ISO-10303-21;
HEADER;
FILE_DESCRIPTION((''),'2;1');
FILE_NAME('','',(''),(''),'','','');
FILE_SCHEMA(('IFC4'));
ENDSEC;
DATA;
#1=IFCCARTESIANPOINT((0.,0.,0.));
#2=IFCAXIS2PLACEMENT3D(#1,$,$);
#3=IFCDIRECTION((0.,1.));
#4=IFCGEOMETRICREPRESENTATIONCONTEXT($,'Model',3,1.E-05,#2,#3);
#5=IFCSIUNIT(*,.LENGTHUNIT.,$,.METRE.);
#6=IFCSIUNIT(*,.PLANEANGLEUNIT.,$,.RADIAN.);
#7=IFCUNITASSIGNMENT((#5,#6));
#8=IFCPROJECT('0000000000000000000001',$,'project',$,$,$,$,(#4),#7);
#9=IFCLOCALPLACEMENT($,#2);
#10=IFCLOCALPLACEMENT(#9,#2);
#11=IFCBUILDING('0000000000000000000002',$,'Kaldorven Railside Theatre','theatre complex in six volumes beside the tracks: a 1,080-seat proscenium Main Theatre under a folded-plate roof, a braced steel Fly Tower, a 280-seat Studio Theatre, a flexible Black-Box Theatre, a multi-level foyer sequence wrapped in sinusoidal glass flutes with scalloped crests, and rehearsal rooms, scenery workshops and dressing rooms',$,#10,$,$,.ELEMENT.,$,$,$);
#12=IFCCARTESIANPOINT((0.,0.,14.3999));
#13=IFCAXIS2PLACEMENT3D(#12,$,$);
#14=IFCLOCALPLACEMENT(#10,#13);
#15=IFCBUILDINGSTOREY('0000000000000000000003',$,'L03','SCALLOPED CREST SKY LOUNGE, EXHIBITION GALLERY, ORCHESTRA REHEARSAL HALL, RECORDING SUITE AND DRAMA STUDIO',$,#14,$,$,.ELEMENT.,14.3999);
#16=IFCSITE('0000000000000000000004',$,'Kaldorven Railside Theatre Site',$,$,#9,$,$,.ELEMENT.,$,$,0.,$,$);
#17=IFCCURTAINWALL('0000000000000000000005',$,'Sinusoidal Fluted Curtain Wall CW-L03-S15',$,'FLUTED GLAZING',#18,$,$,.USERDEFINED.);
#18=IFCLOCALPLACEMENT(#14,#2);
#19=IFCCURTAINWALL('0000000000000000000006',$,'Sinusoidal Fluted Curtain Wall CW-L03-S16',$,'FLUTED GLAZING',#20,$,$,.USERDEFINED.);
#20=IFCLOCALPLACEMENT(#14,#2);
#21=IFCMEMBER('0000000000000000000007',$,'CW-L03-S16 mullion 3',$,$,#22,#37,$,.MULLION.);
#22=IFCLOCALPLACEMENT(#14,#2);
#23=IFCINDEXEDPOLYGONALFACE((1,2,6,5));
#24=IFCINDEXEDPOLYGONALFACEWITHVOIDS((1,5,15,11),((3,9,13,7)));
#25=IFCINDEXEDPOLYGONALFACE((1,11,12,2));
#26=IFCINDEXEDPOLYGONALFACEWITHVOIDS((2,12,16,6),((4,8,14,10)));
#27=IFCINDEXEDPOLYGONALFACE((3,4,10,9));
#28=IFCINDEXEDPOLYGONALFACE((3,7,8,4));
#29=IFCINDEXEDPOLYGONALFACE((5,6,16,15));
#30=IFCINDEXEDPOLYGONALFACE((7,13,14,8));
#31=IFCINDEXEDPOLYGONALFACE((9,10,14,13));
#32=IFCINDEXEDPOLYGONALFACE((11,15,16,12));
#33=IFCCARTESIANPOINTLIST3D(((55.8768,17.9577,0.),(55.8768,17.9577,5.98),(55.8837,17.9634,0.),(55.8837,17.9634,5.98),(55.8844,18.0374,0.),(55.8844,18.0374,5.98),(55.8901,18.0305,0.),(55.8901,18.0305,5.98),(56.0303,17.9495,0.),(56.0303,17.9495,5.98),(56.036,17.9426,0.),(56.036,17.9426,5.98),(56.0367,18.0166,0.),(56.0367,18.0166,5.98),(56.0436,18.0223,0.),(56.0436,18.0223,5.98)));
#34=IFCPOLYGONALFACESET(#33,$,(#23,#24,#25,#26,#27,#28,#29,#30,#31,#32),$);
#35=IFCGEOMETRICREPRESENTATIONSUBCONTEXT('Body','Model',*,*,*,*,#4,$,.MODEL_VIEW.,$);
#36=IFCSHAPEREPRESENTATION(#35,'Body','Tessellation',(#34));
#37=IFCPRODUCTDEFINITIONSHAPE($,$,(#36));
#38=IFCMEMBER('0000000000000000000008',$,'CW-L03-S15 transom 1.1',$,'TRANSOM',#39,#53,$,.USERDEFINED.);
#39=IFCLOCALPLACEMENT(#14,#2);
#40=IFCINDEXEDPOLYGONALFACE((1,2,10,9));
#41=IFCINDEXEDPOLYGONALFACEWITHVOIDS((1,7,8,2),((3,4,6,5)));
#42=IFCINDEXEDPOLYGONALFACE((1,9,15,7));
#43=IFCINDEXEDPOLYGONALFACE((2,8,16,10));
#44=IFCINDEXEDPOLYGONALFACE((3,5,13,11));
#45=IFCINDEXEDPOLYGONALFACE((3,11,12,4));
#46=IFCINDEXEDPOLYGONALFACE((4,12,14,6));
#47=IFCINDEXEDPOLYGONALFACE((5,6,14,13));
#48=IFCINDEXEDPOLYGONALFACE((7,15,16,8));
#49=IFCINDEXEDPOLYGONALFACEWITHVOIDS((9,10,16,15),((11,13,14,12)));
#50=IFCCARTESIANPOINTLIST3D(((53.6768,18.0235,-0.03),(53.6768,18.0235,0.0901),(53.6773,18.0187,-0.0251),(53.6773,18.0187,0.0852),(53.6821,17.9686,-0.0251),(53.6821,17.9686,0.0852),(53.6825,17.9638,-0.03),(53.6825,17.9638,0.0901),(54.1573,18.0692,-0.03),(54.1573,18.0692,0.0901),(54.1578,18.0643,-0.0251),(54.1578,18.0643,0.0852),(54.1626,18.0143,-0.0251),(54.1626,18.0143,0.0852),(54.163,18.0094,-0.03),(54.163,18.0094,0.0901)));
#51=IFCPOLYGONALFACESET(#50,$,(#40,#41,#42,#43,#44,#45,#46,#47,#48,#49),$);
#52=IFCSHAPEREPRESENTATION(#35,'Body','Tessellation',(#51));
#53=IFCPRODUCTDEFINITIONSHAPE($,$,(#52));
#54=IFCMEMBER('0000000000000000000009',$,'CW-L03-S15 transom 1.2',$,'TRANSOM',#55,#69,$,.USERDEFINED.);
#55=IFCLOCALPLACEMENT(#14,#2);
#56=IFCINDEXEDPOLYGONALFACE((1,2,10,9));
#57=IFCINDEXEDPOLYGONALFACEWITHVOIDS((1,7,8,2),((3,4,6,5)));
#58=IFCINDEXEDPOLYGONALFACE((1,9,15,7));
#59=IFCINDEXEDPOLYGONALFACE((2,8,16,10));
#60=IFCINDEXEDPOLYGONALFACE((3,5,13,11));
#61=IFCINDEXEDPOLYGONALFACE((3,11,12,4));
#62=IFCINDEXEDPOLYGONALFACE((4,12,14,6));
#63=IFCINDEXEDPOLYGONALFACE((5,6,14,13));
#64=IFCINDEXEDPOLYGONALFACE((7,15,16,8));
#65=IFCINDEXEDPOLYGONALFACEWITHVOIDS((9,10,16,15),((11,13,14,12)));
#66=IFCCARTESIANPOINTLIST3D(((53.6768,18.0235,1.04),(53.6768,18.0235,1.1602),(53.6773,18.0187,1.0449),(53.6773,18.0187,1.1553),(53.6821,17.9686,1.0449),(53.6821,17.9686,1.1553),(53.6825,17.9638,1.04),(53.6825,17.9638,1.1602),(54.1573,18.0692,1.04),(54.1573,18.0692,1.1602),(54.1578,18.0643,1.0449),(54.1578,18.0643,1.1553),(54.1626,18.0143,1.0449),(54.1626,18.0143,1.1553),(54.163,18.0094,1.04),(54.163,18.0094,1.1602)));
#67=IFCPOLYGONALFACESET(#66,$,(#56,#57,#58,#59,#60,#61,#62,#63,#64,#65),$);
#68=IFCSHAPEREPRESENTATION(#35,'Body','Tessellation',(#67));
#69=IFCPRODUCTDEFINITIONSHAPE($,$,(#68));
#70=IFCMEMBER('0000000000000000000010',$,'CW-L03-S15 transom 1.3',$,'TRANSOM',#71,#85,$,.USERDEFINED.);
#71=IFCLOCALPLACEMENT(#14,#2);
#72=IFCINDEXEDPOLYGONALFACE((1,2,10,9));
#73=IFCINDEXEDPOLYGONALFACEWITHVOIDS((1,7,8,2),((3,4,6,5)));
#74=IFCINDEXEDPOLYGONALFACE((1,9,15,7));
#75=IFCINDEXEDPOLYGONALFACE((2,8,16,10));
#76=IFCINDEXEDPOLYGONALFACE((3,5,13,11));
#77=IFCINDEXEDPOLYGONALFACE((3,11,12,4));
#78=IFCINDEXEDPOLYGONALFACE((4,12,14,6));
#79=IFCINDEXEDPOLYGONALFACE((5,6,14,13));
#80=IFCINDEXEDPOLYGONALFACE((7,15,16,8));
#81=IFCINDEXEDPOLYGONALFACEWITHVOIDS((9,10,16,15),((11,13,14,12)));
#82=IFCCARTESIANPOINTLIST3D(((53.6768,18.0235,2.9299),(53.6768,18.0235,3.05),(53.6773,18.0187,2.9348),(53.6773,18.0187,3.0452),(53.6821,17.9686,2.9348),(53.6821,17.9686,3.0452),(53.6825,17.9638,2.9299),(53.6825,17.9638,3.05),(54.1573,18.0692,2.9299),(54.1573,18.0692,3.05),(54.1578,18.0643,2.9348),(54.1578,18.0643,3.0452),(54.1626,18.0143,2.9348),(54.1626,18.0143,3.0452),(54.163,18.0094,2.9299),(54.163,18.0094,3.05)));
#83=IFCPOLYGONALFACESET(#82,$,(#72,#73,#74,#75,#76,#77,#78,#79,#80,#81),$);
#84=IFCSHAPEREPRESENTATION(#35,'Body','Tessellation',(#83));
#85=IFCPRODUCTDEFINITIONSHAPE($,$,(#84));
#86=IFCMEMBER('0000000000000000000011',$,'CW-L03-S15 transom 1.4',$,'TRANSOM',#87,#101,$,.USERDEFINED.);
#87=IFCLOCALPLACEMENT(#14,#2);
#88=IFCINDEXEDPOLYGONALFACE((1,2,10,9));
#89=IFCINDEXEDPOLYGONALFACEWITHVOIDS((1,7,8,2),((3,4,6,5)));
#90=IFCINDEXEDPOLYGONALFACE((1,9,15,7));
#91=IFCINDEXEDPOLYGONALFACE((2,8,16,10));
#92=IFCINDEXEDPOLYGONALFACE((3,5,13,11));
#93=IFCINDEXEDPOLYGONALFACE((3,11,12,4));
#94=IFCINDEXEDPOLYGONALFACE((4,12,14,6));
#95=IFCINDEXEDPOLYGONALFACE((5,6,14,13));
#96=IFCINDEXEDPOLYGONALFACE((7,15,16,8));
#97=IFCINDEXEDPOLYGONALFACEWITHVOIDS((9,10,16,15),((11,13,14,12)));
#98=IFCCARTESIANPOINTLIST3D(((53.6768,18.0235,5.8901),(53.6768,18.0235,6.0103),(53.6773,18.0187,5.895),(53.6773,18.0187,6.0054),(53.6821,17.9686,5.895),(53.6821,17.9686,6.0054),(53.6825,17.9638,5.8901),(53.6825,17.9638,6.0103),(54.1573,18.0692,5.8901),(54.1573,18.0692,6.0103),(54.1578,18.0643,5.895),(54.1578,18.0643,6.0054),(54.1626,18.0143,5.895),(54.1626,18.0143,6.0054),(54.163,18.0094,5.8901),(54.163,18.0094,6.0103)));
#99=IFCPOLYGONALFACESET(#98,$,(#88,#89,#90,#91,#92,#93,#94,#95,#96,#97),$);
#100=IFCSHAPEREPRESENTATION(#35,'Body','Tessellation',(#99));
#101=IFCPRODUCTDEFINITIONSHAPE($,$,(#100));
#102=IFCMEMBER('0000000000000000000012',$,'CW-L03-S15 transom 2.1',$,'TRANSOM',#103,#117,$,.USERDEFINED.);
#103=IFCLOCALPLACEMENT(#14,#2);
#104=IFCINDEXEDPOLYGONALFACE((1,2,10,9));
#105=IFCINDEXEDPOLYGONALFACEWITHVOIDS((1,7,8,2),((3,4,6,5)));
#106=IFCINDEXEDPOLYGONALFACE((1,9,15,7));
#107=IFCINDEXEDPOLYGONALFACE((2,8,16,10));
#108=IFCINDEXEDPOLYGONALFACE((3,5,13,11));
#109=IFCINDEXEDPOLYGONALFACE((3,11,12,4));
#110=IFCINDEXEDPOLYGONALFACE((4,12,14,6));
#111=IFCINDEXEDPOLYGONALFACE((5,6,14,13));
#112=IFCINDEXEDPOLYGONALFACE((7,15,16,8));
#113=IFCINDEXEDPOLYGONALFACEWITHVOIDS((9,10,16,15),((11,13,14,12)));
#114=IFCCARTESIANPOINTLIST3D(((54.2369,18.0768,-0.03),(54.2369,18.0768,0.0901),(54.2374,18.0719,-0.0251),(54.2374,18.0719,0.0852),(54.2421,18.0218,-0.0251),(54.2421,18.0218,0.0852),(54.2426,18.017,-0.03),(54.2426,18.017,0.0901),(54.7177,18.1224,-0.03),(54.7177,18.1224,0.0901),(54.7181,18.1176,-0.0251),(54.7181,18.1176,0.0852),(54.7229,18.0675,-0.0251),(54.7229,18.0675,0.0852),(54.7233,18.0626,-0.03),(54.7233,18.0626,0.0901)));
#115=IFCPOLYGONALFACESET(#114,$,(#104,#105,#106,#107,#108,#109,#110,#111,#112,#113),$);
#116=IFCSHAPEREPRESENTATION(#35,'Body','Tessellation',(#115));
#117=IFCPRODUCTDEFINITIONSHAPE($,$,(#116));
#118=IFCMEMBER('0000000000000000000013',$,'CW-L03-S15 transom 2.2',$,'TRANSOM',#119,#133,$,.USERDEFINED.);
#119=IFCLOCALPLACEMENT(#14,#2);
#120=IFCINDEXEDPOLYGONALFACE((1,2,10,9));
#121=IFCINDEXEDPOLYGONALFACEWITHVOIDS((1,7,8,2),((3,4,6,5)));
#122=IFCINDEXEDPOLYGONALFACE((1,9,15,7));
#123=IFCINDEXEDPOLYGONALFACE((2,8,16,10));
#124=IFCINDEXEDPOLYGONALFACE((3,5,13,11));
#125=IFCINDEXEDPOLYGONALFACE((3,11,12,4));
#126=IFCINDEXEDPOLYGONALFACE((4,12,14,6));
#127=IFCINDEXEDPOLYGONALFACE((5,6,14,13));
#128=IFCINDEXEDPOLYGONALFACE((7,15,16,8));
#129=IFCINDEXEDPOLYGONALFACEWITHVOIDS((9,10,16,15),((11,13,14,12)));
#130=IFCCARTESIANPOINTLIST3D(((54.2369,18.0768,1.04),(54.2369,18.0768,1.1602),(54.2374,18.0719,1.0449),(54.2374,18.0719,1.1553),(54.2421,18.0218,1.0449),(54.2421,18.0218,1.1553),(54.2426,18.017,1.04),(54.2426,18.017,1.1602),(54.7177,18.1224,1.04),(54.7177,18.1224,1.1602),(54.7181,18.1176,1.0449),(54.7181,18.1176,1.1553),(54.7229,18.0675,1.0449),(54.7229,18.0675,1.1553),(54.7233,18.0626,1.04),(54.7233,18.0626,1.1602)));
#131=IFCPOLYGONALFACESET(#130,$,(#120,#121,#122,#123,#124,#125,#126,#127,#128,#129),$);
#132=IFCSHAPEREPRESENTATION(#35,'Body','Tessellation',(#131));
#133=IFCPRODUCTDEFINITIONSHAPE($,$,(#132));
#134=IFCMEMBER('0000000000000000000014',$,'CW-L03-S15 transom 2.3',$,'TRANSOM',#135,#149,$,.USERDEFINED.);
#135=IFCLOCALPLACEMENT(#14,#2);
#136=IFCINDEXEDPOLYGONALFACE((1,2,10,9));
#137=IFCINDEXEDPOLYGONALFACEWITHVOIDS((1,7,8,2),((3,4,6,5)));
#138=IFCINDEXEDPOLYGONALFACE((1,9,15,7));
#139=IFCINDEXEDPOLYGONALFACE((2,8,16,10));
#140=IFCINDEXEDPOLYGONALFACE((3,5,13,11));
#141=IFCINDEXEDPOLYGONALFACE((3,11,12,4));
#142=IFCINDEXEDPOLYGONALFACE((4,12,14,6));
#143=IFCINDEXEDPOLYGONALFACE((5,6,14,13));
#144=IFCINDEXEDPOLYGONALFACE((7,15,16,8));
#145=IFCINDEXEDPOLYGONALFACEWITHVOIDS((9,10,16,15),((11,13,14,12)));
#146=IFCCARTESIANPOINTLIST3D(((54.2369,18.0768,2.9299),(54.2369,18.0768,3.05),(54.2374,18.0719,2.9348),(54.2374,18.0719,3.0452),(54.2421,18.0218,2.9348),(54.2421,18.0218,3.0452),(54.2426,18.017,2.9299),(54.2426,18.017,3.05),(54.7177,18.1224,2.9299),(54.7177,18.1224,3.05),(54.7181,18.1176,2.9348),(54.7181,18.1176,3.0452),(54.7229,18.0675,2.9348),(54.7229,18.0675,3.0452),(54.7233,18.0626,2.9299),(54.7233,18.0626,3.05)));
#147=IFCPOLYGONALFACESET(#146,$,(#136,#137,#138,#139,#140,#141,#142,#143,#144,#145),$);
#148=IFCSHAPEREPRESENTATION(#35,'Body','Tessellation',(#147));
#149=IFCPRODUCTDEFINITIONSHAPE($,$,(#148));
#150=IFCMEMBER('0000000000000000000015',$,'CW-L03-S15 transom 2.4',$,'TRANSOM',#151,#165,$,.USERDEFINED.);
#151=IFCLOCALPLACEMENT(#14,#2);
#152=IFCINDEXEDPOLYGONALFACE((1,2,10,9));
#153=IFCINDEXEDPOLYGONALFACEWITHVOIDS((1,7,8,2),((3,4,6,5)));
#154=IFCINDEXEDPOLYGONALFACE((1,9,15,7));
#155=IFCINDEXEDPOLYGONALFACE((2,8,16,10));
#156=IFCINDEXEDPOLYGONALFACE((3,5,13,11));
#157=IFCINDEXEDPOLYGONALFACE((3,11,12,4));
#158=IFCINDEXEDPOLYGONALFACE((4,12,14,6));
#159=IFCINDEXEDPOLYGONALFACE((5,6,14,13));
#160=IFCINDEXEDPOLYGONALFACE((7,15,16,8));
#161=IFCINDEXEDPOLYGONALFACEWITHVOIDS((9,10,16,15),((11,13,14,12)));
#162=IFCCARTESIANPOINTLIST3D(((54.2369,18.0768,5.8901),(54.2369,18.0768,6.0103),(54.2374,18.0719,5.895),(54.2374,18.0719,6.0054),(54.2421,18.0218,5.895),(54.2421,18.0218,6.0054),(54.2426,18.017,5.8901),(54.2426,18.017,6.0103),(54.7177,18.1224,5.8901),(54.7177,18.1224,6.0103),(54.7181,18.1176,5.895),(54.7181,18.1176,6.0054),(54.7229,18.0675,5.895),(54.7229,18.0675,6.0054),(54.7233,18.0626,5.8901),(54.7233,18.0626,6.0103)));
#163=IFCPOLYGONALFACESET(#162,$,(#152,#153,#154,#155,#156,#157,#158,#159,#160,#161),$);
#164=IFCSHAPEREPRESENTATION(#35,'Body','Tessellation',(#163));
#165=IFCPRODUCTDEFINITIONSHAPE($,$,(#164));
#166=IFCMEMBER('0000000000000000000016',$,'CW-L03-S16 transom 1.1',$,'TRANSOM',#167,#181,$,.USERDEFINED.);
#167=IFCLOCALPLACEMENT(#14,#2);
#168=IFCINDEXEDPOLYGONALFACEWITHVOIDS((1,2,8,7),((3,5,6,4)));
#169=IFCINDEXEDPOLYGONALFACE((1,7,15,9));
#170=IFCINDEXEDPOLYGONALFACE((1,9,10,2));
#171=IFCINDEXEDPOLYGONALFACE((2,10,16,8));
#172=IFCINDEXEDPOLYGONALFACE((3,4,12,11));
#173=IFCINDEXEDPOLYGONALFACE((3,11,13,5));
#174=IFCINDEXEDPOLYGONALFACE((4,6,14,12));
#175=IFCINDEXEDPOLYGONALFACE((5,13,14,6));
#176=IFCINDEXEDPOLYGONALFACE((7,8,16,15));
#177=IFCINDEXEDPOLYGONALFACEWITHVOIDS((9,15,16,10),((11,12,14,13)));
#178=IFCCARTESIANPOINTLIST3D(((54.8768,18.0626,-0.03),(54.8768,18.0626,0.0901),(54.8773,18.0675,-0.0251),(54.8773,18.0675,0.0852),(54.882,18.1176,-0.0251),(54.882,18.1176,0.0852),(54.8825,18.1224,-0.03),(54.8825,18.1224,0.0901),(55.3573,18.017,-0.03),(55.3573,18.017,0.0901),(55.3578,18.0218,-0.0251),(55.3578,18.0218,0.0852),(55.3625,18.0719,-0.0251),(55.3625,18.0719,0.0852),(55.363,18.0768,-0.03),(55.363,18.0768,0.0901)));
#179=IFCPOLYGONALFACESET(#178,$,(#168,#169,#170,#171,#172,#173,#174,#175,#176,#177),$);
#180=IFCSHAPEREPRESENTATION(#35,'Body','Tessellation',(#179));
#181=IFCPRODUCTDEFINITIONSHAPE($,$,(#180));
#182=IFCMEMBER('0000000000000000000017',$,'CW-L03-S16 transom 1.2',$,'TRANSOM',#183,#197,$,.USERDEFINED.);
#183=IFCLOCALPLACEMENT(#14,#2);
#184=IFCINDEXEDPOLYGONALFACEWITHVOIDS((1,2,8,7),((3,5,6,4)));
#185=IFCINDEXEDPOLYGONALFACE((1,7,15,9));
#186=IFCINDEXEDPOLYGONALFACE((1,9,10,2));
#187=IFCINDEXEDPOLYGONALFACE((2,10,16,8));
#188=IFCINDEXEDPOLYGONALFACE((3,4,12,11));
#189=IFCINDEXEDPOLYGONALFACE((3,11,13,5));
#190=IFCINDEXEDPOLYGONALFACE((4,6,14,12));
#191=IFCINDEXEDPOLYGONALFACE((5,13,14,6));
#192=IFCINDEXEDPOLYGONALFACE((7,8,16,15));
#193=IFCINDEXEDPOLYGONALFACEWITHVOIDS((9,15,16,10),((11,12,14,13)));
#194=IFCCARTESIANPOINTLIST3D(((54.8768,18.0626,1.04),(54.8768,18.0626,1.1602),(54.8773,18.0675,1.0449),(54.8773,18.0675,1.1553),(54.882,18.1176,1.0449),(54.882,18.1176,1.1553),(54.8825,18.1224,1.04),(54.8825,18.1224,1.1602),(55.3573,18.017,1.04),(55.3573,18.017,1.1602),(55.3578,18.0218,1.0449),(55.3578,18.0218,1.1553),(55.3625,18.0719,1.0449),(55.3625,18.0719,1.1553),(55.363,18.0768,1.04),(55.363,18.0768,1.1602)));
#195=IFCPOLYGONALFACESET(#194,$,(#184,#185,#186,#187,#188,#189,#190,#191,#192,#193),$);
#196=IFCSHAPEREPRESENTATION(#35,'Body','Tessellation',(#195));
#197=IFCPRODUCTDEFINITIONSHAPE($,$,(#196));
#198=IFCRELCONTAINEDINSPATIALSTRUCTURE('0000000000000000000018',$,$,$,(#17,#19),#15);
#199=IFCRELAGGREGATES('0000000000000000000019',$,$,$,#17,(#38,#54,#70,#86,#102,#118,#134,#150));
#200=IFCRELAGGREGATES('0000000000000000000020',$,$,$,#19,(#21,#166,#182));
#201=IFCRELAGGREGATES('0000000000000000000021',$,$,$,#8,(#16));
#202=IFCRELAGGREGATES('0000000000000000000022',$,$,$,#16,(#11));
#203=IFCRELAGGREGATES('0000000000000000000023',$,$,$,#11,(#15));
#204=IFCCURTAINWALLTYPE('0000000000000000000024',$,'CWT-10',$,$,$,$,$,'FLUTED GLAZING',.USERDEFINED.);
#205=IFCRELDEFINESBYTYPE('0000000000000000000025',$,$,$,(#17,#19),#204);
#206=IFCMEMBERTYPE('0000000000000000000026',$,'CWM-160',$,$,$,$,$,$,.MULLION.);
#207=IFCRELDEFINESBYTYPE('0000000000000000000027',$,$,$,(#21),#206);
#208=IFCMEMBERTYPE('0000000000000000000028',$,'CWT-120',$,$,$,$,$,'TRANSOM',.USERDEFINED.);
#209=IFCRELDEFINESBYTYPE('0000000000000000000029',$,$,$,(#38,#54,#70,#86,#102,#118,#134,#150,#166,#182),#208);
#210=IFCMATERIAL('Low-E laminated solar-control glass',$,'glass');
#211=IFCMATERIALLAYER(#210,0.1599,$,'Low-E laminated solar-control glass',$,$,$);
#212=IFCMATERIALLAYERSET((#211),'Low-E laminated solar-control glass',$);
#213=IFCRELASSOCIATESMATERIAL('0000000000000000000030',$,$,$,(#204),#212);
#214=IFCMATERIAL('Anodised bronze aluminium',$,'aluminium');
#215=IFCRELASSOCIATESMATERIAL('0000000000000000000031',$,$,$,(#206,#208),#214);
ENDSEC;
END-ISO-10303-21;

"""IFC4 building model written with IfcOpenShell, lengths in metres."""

from ifc_helpers import new_model, si_unit, direction, frame, origin, origin_2d, place, context, subcontext, project, spatial, hollow_rectangle, extrude, material, layer, layer_set, material_profile, profile_set, type_object, element, aggregate, save


model = new_model("IFC4")

# Units and contexts
model_context = context("Model", 3, precision=1e-05, world=origin(), true_north=direction((0.0, 1.0)))
body_context = subcontext(model_context, "Body", "Model", "MODEL_VIEW")
ifc_project = project(units=[si_unit("LENGTHUNIT", "METRE"), si_unit("PLANEANGLEUNIT", "RADIAN")], contexts=[model_context])

# Site, building, storey
site_placement = place(None, origin())
site = spatial("IfcSite", under=ifc_project, at=site_placement, Name="Kaldorven Railside Theatre Site", CompositionType="ELEMENT", RefElevation=0.0)
building_placement = place(site_placement, origin())
building = spatial("IfcBuilding", under=site, at=building_placement, Name="Kaldorven Railside Theatre", Description="theatre complex in six volumes beside the tracks: a 1,080-seat proscenium Main Theatre under a folded-plate roof, a braced steel Fly Tower, a 280-seat Studio Theatre, a flexible Black-Box Theatre, a multi-level foyer sequence wrapped in sinusoidal glass flutes with scalloped crests, and rehearsal rooms, scenery workshops and dressing rooms", CompositionType="ELEMENT")
storey_placement = place(building_placement, frame((0.0, 0.0, 14.3999)))
storey = spatial("IfcBuildingStorey", under=building, at=storey_placement, Name="L03", Description="SCALLOPED CREST SKY LOUNGE, EXHIBITION GALLERY, ORCHESTRA REHEARSAL HALL, RECORDING SUITE AND DRAMA STUDIO", CompositionType="ELEMENT", Elevation=14.3999)

# Curtain walls, member
ifc_material_1 = material(Name="Low-E laminated solar-control glass", Category="glass")
ifc_layer_1 = layer(ifc_material_1, 0.1599, Name="Low-E laminated solar-control glass")
ifc_layer_set_1 = layer_set([ifc_layer_1], Name="Low-E laminated solar-control glass")
curtain_wall_type = type_object("IfcCurtainWallType", Name="CWT-10", ElementType="FLUTED GLAZING", PredefinedType="USERDEFINED", material=ifc_layer_set_1)
curtain_wall_1_placement = place(storey_placement, origin())
curtain_wall_1 = element("IfcCurtainWall", 1, at=curtain_wall_1_placement, inside=storey, type_object=curtain_wall_type, Name="Sinusoidal Fluted Curtain Wall CW-L03-S15", ObjectType="FLUTED GLAZING", PredefinedType="USERDEFINED")
ifc_material_2 = material(Name="Anodised bronze aluminium", Category="aluminium")
ifc_material_profile_1 = material_profile(ifc_material_2, hollow_rectangle(XDim=0.0801, YDim=0.1599, WallThickness=0.0063, at=origin_2d()), Name="RHS 160x80x6.3")
ifc_profile_set_1 = profile_set([ifc_material_profile_1], Name="Anodised bronze aluminium")
member_type_1 = type_object("IfcMemberType", Name="CWM-160", PredefinedType="MULLION", material=ifc_profile_set_1)
curtain_wall_2_placement = place(storey_placement, origin())
curtain_wall_2 = element("IfcCurtainWall", 2, at=curtain_wall_2_placement, inside=storey, type_object=curtain_wall_type, Name="Sinusoidal Fluted Curtain Wall CW-L03-S16", ObjectType="FLUTED GLAZING", PredefinedType="USERDEFINED")
member_1_placement = place(storey_placement, frame((55.9602, 17.99, 0.0), z_axis=(0.0, 0.0, 1.0), x_axis=(0.094492, 0.995526, 0.0)))
member_1 = element("IfcMember", 3, at=member_1_placement, type_object=member_type_1, Name="CW-L03-S16 mullion 3", PredefinedType="MULLION", context=body_context, shape_type="SweptSolid", body=[
    extrude(hollow_rectangle(XDim=0.0801, YDim=0.1599, WallThickness=0.0063, at=origin_2d()), origin(), (0.0, 0.0, 1.0), 5.98),
])

# Members
ifc_material_profile_2 = material_profile(ifc_material_2, hollow_rectangle(XDim=0.0601, YDim=0.1201, WallThickness=0.0049, at=origin_2d()), Name="RHS 120x60x5")
ifc_profile_set_2 = profile_set([ifc_material_profile_2], Name="Anodised bronze aluminium")
member_type_2 = type_object("IfcMemberType", Name="CWT-120", ElementType="TRANSOM", PredefinedType="USERDEFINED", material=ifc_profile_set_2)
member_2_placement = place(storey_placement, frame((53.6797, 17.9937, 0.03), z_axis=(0.995516, 0.094594, 0.0), x_axis=(-0.094594, 0.995516, 0.0)))
member_2 = element("IfcMember", 4, at=member_2_placement, type_object=member_type_2, Name="CW-L03-S15 transom 1.1", ObjectType="TRANSOM", PredefinedType="USERDEFINED", context=body_context, shape_type="SweptSolid", body=[
    extrude(hollow_rectangle(XDim=0.0601, YDim=0.1201, WallThickness=0.0049, at=origin_2d()), origin(), (0.0, 0.0, 1.0), 0.4827),
])
member_3_placement = place(storey_placement, frame((53.6797, 17.9937, 1.1001), z_axis=(0.995516, 0.094594, 0.0), x_axis=(-0.094594, 0.995516, 0.0)))
member_3 = element("IfcMember", 5, at=member_3_placement, type_object=member_type_2, Name="CW-L03-S15 transom 1.2", ObjectType="TRANSOM", PredefinedType="USERDEFINED", context=body_context, shape_type="SweptSolid", body=[
    extrude(hollow_rectangle(XDim=0.0601, YDim=0.1201, WallThickness=0.0049, at=origin_2d()), origin(), (0.0, 0.0, 1.0), 0.4827),
])
member_4_placement = place(storey_placement, frame((53.6797, 17.9937, 2.99), z_axis=(0.995516, 0.094594, 0.0), x_axis=(-0.094594, 0.995516, 0.0)))
member_4 = element("IfcMember", 6, at=member_4_placement, type_object=member_type_2, Name="CW-L03-S15 transom 1.3", ObjectType="TRANSOM", PredefinedType="USERDEFINED", context=body_context, shape_type="SweptSolid", body=[
    extrude(hollow_rectangle(XDim=0.0601, YDim=0.1201, WallThickness=0.0049, at=origin_2d()), origin(), (0.0, 0.0, 1.0), 0.4827),
])
member_5_placement = place(storey_placement, frame((53.6797, 17.9937, 5.9502), z_axis=(0.995516, 0.094594, 0.0), x_axis=(-0.094594, 0.995516, 0.0)))
member_5 = element("IfcMember", 7, at=member_5_placement, type_object=member_type_2, Name="CW-L03-S15 transom 1.4", ObjectType="TRANSOM", PredefinedType="USERDEFINED", context=body_context, shape_type="SweptSolid", body=[
    extrude(hollow_rectangle(XDim=0.0601, YDim=0.1201, WallThickness=0.0049, at=origin_2d()), origin(), (0.0, 0.0, 1.0), 0.4827),
])
member_6_placement = place(storey_placement, frame((54.2397, 18.0469, 0.03), z_axis=(0.99552, 0.094547, 0.0), x_axis=(-0.094547, 0.99552, 0.0)))
member_6 = element("IfcMember", 8, at=member_6_placement, type_object=member_type_2, Name="CW-L03-S15 transom 2.1", ObjectType="TRANSOM", PredefinedType="USERDEFINED", context=body_context, shape_type="SweptSolid", body=[
    extrude(hollow_rectangle(XDim=0.0601, YDim=0.1201, WallThickness=0.0049, at=origin_2d()), origin(), (0.0, 0.0, 1.0), 0.4829),
])
member_7_placement = place(storey_placement, frame((54.2397, 18.0469, 1.1001), z_axis=(0.99552, 0.094547, 0.0), x_axis=(-0.094547, 0.99552, 0.0)))
member_7 = element("IfcMember", 9, at=member_7_placement, type_object=member_type_2, Name="CW-L03-S15 transom 2.2", ObjectType="TRANSOM", PredefinedType="USERDEFINED", context=body_context, shape_type="SweptSolid", body=[
    extrude(hollow_rectangle(XDim=0.0601, YDim=0.1201, WallThickness=0.0049, at=origin_2d()), origin(), (0.0, 0.0, 1.0), 0.4829),
])
member_8_placement = place(storey_placement, frame((54.2397, 18.0469, 2.99), z_axis=(0.99552, 0.094547, 0.0), x_axis=(-0.094547, 0.99552, 0.0)))
member_8 = element("IfcMember", 10, at=member_8_placement, type_object=member_type_2, Name="CW-L03-S15 transom 2.3", ObjectType="TRANSOM", PredefinedType="USERDEFINED", context=body_context, shape_type="SweptSolid", body=[
    extrude(hollow_rectangle(XDim=0.0601, YDim=0.1201, WallThickness=0.0049, at=origin_2d()), origin(), (0.0, 0.0, 1.0), 0.4829),
])
member_9_placement = place(storey_placement, frame((54.2397, 18.0469, 5.9502), z_axis=(0.99552, 0.094547, 0.0), x_axis=(-0.094547, 0.99552, 0.0)))
member_9 = element("IfcMember", 11, at=member_9_placement, type_object=member_type_2, Name="CW-L03-S15 transom 2.4", ObjectType="TRANSOM", PredefinedType="USERDEFINED", context=body_context, shape_type="SweptSolid", body=[
    extrude(hollow_rectangle(XDim=0.0601, YDim=0.1201, WallThickness=0.0049, at=origin_2d()), origin(), (0.0, 0.0, 1.0), 0.4829),
])
member_10_placement = place(storey_placement, frame((54.8796, 18.0925, 0.03), z_axis=(0.995516, -0.094594, 0.0), x_axis=(0.094594, 0.995516, 0.0)))
member_10 = element("IfcMember", 12, at=member_10_placement, type_object=member_type_2, Name="CW-L03-S16 transom 1.1", ObjectType="TRANSOM", PredefinedType="USERDEFINED", context=body_context, shape_type="SweptSolid", body=[
    extrude(hollow_rectangle(XDim=0.0601, YDim=0.1201, WallThickness=0.0049, at=origin_2d()), origin(), (0.0, 0.0, 1.0), 0.4827),
])
member_11_placement = place(storey_placement, frame((54.8796, 18.0925, 1.1001), z_axis=(0.995516, -0.094594, 0.0), x_axis=(0.094594, 0.995516, 0.0)))
member_11 = element("IfcMember", 13, at=member_11_placement, type_object=member_type_2, Name="CW-L03-S16 transom 1.2", ObjectType="TRANSOM", PredefinedType="USERDEFINED", context=body_context, shape_type="SweptSolid", body=[
    extrude(hollow_rectangle(XDim=0.0601, YDim=0.1201, WallThickness=0.0049, at=origin_2d()), origin(), (0.0, 0.0, 1.0), 0.4827),
])

aggregate(curtain_wall_1, [member_2, member_3, member_4, member_5, member_6, member_7, member_8, member_9])
aggregate(curtain_wall_2, [member_1, member_10, member_11])

save(model, "model.ifc")
